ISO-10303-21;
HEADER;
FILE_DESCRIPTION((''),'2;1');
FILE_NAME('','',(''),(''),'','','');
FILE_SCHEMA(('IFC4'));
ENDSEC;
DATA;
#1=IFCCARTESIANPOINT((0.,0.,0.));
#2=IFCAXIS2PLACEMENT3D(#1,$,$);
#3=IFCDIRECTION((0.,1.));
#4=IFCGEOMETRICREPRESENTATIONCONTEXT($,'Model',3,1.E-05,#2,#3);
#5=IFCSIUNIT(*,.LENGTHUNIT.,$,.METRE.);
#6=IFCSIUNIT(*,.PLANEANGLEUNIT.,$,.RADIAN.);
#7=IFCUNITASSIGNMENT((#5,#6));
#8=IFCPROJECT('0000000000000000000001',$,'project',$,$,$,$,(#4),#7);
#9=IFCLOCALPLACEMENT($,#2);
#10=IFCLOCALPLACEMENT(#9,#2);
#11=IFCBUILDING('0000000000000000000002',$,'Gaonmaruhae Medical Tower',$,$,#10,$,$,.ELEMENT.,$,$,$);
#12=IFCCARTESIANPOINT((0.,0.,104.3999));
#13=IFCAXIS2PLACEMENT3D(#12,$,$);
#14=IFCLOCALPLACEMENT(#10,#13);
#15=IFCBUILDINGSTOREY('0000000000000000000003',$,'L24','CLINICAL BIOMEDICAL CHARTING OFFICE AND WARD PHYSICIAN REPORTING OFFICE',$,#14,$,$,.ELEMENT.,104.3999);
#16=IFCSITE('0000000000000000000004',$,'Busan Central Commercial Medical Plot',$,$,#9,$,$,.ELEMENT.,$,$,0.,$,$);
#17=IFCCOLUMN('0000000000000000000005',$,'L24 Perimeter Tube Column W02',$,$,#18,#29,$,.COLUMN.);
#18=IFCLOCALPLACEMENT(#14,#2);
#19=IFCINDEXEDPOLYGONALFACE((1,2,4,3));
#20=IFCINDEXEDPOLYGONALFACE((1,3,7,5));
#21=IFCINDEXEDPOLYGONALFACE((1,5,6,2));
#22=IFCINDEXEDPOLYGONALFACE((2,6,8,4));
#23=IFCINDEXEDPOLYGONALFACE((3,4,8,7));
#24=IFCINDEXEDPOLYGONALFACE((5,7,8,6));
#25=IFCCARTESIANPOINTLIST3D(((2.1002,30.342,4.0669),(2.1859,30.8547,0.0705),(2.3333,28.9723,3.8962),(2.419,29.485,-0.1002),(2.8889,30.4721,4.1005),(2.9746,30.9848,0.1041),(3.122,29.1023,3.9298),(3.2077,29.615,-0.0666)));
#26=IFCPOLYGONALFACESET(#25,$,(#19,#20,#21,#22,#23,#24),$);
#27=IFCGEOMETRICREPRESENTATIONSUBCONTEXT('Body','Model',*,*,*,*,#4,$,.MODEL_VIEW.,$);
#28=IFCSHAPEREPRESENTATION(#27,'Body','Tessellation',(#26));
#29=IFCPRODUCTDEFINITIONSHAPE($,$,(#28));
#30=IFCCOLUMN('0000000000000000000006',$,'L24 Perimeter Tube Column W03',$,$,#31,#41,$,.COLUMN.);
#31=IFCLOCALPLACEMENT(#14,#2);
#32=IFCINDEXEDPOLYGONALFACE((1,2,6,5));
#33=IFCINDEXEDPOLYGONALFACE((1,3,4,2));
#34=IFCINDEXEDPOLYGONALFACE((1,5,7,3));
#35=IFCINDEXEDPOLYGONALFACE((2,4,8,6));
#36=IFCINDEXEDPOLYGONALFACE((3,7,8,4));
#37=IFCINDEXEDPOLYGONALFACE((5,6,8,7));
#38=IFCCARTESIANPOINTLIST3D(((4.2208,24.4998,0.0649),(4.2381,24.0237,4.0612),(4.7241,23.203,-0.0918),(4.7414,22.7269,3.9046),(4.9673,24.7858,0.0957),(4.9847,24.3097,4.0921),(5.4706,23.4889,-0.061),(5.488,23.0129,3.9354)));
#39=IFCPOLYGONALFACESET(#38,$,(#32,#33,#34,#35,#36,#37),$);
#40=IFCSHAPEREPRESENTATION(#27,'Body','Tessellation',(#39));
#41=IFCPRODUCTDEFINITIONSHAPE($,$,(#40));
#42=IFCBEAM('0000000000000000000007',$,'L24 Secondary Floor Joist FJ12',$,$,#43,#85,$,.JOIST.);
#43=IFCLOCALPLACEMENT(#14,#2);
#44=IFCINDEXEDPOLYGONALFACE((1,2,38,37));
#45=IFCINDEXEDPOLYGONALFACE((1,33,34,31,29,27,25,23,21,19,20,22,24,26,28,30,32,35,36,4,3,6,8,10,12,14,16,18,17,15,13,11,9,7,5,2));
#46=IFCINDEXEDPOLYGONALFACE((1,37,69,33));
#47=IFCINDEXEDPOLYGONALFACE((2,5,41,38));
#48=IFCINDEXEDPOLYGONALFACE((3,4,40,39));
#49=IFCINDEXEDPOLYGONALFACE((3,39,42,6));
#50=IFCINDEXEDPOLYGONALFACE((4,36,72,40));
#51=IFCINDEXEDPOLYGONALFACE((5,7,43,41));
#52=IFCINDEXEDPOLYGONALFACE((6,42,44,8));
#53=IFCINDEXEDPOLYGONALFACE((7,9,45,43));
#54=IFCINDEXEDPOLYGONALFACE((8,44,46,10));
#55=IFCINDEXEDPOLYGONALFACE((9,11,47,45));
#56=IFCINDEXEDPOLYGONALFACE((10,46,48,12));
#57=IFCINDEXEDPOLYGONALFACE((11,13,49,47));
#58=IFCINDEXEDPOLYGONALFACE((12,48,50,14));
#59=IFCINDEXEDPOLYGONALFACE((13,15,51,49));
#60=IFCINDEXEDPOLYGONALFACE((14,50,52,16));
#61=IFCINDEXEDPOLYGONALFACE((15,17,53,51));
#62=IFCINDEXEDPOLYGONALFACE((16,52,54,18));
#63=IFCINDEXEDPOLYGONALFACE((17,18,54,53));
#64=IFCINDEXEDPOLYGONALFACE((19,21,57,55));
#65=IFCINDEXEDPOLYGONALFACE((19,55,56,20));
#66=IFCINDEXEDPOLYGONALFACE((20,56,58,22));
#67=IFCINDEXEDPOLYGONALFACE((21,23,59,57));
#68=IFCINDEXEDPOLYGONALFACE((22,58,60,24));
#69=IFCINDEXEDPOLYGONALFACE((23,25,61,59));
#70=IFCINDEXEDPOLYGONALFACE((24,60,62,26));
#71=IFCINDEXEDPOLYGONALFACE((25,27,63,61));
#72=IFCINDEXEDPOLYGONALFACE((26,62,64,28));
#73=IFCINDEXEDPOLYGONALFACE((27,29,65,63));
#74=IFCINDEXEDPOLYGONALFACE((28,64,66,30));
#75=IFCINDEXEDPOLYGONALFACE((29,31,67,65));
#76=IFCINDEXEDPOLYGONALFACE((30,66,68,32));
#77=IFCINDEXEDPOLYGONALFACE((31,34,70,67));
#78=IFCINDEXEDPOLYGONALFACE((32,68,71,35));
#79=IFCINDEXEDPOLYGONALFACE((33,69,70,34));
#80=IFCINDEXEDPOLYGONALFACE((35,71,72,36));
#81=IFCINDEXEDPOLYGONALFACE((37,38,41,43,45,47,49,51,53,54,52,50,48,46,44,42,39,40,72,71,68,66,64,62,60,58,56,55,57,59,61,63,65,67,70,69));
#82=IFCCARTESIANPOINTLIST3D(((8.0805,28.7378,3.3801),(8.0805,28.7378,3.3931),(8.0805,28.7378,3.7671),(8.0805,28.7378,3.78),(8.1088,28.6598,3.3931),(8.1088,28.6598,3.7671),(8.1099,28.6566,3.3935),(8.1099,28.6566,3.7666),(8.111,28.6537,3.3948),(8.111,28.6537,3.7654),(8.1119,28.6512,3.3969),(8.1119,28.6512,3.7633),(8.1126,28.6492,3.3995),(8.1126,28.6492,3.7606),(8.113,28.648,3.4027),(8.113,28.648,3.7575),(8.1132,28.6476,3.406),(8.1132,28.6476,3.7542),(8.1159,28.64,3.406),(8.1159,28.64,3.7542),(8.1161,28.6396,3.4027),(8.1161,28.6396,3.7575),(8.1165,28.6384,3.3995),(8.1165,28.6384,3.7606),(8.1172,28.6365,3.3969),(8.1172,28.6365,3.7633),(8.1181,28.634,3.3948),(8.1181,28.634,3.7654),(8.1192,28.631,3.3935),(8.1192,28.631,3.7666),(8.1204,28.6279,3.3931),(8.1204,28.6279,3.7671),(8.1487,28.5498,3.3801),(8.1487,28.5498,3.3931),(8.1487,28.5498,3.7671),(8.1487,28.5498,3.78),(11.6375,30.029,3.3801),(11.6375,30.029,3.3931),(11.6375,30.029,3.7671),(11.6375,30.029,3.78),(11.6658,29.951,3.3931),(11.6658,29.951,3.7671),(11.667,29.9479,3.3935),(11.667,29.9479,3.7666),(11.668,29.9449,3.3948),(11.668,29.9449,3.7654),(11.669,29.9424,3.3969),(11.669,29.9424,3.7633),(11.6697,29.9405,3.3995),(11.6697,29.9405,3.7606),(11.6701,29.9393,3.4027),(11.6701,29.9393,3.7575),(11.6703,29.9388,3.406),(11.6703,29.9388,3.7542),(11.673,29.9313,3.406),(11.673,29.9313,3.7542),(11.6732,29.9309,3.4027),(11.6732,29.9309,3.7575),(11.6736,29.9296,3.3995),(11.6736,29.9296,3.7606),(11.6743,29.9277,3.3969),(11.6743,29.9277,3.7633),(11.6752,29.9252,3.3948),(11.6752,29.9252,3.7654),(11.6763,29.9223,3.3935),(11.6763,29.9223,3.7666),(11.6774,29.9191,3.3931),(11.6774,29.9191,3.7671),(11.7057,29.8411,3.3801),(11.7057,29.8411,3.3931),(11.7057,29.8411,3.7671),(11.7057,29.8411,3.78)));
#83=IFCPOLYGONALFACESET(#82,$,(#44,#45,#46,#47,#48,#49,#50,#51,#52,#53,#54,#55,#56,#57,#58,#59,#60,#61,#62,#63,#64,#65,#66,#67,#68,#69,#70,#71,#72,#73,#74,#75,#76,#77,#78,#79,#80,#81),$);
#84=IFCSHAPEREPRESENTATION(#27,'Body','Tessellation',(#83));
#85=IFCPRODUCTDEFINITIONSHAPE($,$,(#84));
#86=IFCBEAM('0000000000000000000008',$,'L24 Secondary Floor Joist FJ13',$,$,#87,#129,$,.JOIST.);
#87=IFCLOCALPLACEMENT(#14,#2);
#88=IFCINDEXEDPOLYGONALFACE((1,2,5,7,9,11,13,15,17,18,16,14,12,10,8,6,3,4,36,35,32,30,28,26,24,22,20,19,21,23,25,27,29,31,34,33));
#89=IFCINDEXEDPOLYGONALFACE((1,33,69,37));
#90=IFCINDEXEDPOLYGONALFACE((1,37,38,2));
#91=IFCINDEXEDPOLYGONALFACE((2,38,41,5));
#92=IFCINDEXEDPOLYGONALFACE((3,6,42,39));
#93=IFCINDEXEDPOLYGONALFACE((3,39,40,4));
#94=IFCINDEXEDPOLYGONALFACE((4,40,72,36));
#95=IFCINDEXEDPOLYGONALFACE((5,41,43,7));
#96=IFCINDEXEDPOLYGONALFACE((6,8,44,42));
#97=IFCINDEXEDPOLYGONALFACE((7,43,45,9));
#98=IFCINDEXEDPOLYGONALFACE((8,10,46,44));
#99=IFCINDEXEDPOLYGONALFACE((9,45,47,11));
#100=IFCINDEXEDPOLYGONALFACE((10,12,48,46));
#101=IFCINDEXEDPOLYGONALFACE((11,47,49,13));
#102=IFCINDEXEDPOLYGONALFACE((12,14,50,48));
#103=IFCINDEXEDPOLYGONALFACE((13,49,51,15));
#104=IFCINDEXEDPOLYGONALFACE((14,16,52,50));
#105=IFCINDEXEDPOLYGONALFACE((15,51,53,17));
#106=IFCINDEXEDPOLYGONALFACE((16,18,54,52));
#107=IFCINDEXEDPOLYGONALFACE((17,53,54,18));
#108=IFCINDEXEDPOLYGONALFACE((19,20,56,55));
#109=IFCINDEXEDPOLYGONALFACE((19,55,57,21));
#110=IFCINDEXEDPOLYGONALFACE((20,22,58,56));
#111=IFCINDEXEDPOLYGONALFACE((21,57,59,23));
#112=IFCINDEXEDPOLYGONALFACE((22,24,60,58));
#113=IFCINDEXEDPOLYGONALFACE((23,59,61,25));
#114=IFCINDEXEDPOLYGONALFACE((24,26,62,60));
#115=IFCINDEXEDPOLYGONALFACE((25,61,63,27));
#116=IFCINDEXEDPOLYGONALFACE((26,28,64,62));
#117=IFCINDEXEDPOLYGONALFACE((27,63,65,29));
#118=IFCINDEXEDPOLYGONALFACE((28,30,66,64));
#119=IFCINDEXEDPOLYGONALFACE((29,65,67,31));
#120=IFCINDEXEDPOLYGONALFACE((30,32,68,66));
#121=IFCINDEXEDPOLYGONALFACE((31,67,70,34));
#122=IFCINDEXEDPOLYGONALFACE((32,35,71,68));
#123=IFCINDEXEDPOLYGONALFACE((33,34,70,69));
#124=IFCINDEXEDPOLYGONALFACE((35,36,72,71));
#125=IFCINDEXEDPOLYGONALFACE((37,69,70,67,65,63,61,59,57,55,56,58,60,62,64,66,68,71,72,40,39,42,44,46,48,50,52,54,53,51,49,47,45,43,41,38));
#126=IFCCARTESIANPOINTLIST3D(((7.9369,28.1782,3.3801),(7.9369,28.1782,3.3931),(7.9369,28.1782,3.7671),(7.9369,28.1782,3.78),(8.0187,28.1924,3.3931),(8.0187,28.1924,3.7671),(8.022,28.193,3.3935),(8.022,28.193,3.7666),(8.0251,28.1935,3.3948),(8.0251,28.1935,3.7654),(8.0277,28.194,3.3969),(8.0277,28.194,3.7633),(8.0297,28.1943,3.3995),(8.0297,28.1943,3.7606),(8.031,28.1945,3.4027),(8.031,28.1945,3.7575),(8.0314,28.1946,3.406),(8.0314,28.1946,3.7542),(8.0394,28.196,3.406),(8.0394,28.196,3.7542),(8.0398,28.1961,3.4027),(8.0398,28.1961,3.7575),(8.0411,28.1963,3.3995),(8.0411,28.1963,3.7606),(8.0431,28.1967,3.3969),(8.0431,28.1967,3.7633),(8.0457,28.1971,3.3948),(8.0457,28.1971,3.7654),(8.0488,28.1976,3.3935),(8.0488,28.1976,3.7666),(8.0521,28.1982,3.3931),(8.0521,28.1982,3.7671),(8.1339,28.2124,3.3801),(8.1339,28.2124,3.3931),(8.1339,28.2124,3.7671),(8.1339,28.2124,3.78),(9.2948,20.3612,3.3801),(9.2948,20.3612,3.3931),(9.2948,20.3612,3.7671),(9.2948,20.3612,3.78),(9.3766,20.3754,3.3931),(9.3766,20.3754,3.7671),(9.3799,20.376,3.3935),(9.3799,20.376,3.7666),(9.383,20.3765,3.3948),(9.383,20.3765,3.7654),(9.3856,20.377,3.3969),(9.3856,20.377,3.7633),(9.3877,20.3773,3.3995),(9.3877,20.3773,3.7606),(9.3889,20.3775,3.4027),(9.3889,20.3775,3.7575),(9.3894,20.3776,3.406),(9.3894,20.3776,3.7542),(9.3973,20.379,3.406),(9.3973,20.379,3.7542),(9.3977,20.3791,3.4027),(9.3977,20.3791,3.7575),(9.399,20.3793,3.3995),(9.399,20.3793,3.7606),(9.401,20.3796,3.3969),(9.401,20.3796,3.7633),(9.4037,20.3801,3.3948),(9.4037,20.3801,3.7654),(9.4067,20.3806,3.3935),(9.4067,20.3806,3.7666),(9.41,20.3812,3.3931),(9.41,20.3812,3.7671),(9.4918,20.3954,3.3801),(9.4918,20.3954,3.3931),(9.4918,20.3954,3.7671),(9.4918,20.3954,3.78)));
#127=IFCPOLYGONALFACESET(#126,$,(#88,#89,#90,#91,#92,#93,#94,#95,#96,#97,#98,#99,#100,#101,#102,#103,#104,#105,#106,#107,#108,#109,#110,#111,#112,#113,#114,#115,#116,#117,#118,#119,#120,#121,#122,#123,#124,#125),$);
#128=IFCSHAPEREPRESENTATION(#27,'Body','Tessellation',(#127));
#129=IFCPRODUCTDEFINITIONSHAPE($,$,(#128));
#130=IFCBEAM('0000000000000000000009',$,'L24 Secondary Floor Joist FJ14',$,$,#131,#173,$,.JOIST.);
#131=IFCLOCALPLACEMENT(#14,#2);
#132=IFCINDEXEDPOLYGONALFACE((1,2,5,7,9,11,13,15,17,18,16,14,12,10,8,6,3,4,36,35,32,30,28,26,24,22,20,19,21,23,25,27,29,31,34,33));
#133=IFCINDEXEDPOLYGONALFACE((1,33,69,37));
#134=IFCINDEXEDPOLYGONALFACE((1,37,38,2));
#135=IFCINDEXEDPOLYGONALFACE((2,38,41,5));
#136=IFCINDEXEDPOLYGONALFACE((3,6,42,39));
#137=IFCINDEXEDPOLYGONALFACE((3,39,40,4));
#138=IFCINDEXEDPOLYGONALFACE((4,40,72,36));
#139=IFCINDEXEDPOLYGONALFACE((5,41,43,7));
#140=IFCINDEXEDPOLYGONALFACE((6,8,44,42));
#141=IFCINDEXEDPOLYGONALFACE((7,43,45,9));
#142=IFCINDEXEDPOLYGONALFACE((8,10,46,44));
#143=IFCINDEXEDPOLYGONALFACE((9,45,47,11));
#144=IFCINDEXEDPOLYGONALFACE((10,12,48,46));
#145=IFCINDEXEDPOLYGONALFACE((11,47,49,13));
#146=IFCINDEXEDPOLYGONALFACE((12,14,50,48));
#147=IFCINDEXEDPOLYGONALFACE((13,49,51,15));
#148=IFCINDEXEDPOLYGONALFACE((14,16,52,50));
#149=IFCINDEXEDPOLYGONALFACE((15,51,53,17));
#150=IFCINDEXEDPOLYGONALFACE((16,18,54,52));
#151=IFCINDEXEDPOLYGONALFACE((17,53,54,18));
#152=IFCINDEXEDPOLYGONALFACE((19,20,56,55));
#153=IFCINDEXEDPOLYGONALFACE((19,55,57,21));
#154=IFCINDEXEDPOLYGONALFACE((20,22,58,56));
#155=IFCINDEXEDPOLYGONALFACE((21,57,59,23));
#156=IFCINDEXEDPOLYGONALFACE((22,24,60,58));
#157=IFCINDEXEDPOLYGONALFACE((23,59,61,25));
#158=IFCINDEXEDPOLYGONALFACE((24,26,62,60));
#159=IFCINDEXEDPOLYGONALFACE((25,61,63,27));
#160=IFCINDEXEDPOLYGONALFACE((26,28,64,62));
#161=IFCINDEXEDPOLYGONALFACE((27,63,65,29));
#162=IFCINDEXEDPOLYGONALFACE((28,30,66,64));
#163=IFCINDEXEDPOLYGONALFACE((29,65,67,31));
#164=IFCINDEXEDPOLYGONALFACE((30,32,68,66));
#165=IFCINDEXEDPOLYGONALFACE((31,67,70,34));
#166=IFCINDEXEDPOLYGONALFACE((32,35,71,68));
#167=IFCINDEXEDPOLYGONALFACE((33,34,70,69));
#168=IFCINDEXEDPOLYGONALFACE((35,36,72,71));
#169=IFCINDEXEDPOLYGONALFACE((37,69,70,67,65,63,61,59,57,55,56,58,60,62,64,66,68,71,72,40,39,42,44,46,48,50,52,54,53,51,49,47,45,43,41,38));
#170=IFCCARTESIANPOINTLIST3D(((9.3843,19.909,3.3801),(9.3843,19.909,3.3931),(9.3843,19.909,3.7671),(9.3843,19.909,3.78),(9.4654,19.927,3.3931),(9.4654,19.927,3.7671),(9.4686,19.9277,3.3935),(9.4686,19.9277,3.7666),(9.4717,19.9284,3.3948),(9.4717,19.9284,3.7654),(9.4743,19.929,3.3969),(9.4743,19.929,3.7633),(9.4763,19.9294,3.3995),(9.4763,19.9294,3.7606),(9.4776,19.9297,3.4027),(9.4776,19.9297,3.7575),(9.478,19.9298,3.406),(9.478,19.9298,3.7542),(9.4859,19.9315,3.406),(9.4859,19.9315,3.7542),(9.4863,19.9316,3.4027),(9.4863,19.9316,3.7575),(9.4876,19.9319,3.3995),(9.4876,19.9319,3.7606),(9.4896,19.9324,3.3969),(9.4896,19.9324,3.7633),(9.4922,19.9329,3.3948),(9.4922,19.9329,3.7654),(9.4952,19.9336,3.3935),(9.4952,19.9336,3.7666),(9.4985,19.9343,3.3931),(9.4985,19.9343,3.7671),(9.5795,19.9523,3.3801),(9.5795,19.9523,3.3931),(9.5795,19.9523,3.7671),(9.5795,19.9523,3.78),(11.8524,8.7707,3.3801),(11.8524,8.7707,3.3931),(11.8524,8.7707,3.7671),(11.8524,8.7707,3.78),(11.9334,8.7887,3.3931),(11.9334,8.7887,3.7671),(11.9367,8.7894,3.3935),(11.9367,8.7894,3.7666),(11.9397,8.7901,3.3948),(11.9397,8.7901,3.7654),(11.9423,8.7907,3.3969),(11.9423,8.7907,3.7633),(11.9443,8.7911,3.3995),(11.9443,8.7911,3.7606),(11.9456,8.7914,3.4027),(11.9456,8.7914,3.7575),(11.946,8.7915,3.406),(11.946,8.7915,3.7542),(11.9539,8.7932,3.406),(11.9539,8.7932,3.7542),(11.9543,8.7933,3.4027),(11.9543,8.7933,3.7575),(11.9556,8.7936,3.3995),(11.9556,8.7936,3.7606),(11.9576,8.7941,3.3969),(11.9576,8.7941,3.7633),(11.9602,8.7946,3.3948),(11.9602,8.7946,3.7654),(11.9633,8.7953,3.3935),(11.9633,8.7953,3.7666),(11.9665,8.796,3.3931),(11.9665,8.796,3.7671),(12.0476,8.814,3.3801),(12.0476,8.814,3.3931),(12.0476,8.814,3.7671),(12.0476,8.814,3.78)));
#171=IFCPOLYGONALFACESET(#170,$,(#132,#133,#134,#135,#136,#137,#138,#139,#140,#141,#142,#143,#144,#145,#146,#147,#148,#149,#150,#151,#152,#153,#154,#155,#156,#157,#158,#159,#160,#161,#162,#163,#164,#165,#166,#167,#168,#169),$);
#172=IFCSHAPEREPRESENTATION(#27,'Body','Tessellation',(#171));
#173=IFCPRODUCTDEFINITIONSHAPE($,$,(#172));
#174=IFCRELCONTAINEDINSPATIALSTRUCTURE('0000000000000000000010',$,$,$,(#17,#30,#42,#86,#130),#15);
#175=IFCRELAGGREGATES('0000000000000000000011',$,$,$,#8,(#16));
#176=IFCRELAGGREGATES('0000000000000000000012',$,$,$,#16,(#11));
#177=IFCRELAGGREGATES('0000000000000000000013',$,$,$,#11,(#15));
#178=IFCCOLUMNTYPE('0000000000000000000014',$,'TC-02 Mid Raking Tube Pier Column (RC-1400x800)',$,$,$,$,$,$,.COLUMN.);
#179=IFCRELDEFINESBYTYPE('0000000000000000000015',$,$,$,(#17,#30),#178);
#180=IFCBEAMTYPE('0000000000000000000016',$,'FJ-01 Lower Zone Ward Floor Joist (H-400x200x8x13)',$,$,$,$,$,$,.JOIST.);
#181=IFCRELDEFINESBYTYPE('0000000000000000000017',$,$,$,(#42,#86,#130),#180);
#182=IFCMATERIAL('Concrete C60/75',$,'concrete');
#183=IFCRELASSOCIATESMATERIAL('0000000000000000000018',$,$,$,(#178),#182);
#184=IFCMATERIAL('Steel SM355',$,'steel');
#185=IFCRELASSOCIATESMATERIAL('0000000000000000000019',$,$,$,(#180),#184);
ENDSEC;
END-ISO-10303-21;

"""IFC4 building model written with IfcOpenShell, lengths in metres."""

from ifc_helpers import new_model, si_unit, direction, frame, origin, origin_2d, place, context, subcontext, project, spatial, rectangle, i_section, extrude, material, material_profile, profile_set, type_object, element, save


model = new_model("IFC4")

# Units and contexts
model_context = context("Model", 3, precision=1e-05, world=origin(), true_north=direction((0.0, 1.0)))
body_context = subcontext(model_context, "Body", "Model", "MODEL_VIEW")
ifc_project = project(units=[si_unit("LENGTHUNIT", "METRE"), si_unit("PLANEANGLEUNIT", "RADIAN")], contexts=[model_context])

# Site, building, storey
site_placement = place(None, origin())
site = spatial("IfcSite", under=ifc_project, at=site_placement, Name="Busan Central Commercial Medical Plot", CompositionType="ELEMENT", RefElevation=0.0)
building_placement = place(site_placement, origin())
building = spatial("IfcBuilding", under=site, at=building_placement, Name="Gaonmaruhae Medical Tower", CompositionType="ELEMENT")
storey_placement = place(building_placement, frame((0.0, 0.0, 104.3999)))
storey = spatial("IfcBuildingStorey", under=building, at=storey_placement, Name="L24", Description="CLINICAL BIOMEDICAL CHARTING OFFICE AND WARD PHYSICIAN REPORTING OFFICE", CompositionType="ELEMENT", Elevation=104.3999)

# Columns
ifc_material_1 = material(Name="Concrete C60/75", Category="concrete")
ifc_material_profile_1 = material_profile(ifc_material_1, rectangle(XDim=1.3999, YDim=0.8, at=origin_2d()), Name="RC-1400x800")
ifc_profile_set_1 = profile_set([ifc_material_profile_1], Name="Concrete C60/75")
column_type = type_object("IfcColumnType", Name="TC-02 Mid Raking Tube Pier Column (RC-1400x800)", PredefinedType="COLUMN", material=ifc_profile_set_1)
column_1_placement = place(storey_placement, frame((2.6968, 30.2349, 0.002), z_axis=(-0.021264, -0.12722, 0.991647), x_axis=(-0.166541, 0.978463, 0.121957)))
element("IfcColumn", 1, at=column_1_placement, inside=storey, type_object=column_type, Name="L24 Perimeter Tube Column W02", PredefinedType="COLUMN", context=body_context, shape_type="SweptSolid", body=[
    extrude(rectangle(XDim=1.3999, YDim=0.8, at=origin_2d()), origin(), (0.0, 0.0, 1.0), 4.03),
])
column_2_placement = place(storey_placement, frame((4.8457, 23.9944, 0.002), z_axis=(0.004307, -0.11829, 0.99297), x_axis=(-0.359514, 0.926403, 0.11192)))
element("IfcColumn", 2, at=column_2_placement, inside=storey, type_object=column_type, Name="L24 Perimeter Tube Column W03", PredefinedType="COLUMN", context=body_context, shape_type="SweptSolid", body=[
    extrude(rectangle(XDim=1.3999, YDim=0.8, at=origin_2d()), origin(), (0.0, 0.0, 1.0), 4.0247),
])

# Beams
ifc_material_2 = material(Name="Steel SM355", Category="steel")
ifc_material_profile_2 = material_profile(ifc_material_2, i_section(OverallWidth=0.2, OverallDepth=0.3999, WebThickness=0.0081, FlangeThickness=0.0129, FilletRadius=0.0129, at=origin_2d()), Name="H-400x200x8x13")
ifc_profile_set_2 = profile_set([ifc_material_profile_2], Name="Steel SM355")
beam_type_1 = type_object("IfcBeamType", Name="FJ-01 Lower Zone Ward Floor Joist (H-400x200x8x13)", PredefinedType="JOIST", material=ifc_profile_set_2)
beam_1_placement = place(storey_placement, frame((11.6716, 29.9351, 3.5801), z_axis=(-0.939984, -0.34122, 0.0), x_axis=(0.34122, -0.939984, 0.0)))
element("IfcBeam", 3, at=beam_1_placement, inside=storey, type_object=beam_type_1, Name="L24 Secondary Floor Joist FJ12", PredefinedType="JOIST", context=body_context, shape_type="SweptSolid", body=[
    extrude(i_section(OverallWidth=0.2, OverallDepth=0.3999, WebThickness=0.0081, FlangeThickness=0.0129, FilletRadius=0.0129, at=origin_2d()), origin(), (0.0, 0.0, 1.0), 3.7842),
])
beam_2_placement = place(storey_placement, frame((8.0354, 28.1953, 3.5801), z_axis=(0.171152, -0.985245, 0.0), x_axis=(0.985245, 0.171152, 0.0)))
element("IfcBeam", 4, at=beam_2_placement, inside=storey, type_object=beam_type_1, Name="L24 Secondary Floor Joist FJ13", PredefinedType="JOIST", context=body_context, shape_type="SweptSolid", body=[
    extrude(i_section(OverallWidth=0.2, OverallDepth=0.3999, WebThickness=0.0081, FlangeThickness=0.0129, FilletRadius=0.0129, at=origin_2d()), origin(), (0.0, 0.0, 1.0), 7.9341),
])
beam_3_placement = place(storey_placement, frame((9.4819, 19.9307, 3.5801), z_axis=(0.216334, -0.976319, 0.0), x_axis=(0.976319, 0.216334, 0.0)))
element("IfcBeam", 5, at=beam_3_placement, inside=storey, type_object=beam_type_1, Name="L24 Secondary Floor Joist FJ14", PredefinedType="JOIST", context=body_context, shape_type="SweptSolid", body=[
    extrude(i_section(OverallWidth=0.2, OverallDepth=0.3999, WebThickness=0.0081, FlangeThickness=0.0129, FilletRadius=0.0129, at=origin_2d()), origin(), (0.0, 0.0, 1.0), 11.4084),
])

save(model, "model.ifc")
